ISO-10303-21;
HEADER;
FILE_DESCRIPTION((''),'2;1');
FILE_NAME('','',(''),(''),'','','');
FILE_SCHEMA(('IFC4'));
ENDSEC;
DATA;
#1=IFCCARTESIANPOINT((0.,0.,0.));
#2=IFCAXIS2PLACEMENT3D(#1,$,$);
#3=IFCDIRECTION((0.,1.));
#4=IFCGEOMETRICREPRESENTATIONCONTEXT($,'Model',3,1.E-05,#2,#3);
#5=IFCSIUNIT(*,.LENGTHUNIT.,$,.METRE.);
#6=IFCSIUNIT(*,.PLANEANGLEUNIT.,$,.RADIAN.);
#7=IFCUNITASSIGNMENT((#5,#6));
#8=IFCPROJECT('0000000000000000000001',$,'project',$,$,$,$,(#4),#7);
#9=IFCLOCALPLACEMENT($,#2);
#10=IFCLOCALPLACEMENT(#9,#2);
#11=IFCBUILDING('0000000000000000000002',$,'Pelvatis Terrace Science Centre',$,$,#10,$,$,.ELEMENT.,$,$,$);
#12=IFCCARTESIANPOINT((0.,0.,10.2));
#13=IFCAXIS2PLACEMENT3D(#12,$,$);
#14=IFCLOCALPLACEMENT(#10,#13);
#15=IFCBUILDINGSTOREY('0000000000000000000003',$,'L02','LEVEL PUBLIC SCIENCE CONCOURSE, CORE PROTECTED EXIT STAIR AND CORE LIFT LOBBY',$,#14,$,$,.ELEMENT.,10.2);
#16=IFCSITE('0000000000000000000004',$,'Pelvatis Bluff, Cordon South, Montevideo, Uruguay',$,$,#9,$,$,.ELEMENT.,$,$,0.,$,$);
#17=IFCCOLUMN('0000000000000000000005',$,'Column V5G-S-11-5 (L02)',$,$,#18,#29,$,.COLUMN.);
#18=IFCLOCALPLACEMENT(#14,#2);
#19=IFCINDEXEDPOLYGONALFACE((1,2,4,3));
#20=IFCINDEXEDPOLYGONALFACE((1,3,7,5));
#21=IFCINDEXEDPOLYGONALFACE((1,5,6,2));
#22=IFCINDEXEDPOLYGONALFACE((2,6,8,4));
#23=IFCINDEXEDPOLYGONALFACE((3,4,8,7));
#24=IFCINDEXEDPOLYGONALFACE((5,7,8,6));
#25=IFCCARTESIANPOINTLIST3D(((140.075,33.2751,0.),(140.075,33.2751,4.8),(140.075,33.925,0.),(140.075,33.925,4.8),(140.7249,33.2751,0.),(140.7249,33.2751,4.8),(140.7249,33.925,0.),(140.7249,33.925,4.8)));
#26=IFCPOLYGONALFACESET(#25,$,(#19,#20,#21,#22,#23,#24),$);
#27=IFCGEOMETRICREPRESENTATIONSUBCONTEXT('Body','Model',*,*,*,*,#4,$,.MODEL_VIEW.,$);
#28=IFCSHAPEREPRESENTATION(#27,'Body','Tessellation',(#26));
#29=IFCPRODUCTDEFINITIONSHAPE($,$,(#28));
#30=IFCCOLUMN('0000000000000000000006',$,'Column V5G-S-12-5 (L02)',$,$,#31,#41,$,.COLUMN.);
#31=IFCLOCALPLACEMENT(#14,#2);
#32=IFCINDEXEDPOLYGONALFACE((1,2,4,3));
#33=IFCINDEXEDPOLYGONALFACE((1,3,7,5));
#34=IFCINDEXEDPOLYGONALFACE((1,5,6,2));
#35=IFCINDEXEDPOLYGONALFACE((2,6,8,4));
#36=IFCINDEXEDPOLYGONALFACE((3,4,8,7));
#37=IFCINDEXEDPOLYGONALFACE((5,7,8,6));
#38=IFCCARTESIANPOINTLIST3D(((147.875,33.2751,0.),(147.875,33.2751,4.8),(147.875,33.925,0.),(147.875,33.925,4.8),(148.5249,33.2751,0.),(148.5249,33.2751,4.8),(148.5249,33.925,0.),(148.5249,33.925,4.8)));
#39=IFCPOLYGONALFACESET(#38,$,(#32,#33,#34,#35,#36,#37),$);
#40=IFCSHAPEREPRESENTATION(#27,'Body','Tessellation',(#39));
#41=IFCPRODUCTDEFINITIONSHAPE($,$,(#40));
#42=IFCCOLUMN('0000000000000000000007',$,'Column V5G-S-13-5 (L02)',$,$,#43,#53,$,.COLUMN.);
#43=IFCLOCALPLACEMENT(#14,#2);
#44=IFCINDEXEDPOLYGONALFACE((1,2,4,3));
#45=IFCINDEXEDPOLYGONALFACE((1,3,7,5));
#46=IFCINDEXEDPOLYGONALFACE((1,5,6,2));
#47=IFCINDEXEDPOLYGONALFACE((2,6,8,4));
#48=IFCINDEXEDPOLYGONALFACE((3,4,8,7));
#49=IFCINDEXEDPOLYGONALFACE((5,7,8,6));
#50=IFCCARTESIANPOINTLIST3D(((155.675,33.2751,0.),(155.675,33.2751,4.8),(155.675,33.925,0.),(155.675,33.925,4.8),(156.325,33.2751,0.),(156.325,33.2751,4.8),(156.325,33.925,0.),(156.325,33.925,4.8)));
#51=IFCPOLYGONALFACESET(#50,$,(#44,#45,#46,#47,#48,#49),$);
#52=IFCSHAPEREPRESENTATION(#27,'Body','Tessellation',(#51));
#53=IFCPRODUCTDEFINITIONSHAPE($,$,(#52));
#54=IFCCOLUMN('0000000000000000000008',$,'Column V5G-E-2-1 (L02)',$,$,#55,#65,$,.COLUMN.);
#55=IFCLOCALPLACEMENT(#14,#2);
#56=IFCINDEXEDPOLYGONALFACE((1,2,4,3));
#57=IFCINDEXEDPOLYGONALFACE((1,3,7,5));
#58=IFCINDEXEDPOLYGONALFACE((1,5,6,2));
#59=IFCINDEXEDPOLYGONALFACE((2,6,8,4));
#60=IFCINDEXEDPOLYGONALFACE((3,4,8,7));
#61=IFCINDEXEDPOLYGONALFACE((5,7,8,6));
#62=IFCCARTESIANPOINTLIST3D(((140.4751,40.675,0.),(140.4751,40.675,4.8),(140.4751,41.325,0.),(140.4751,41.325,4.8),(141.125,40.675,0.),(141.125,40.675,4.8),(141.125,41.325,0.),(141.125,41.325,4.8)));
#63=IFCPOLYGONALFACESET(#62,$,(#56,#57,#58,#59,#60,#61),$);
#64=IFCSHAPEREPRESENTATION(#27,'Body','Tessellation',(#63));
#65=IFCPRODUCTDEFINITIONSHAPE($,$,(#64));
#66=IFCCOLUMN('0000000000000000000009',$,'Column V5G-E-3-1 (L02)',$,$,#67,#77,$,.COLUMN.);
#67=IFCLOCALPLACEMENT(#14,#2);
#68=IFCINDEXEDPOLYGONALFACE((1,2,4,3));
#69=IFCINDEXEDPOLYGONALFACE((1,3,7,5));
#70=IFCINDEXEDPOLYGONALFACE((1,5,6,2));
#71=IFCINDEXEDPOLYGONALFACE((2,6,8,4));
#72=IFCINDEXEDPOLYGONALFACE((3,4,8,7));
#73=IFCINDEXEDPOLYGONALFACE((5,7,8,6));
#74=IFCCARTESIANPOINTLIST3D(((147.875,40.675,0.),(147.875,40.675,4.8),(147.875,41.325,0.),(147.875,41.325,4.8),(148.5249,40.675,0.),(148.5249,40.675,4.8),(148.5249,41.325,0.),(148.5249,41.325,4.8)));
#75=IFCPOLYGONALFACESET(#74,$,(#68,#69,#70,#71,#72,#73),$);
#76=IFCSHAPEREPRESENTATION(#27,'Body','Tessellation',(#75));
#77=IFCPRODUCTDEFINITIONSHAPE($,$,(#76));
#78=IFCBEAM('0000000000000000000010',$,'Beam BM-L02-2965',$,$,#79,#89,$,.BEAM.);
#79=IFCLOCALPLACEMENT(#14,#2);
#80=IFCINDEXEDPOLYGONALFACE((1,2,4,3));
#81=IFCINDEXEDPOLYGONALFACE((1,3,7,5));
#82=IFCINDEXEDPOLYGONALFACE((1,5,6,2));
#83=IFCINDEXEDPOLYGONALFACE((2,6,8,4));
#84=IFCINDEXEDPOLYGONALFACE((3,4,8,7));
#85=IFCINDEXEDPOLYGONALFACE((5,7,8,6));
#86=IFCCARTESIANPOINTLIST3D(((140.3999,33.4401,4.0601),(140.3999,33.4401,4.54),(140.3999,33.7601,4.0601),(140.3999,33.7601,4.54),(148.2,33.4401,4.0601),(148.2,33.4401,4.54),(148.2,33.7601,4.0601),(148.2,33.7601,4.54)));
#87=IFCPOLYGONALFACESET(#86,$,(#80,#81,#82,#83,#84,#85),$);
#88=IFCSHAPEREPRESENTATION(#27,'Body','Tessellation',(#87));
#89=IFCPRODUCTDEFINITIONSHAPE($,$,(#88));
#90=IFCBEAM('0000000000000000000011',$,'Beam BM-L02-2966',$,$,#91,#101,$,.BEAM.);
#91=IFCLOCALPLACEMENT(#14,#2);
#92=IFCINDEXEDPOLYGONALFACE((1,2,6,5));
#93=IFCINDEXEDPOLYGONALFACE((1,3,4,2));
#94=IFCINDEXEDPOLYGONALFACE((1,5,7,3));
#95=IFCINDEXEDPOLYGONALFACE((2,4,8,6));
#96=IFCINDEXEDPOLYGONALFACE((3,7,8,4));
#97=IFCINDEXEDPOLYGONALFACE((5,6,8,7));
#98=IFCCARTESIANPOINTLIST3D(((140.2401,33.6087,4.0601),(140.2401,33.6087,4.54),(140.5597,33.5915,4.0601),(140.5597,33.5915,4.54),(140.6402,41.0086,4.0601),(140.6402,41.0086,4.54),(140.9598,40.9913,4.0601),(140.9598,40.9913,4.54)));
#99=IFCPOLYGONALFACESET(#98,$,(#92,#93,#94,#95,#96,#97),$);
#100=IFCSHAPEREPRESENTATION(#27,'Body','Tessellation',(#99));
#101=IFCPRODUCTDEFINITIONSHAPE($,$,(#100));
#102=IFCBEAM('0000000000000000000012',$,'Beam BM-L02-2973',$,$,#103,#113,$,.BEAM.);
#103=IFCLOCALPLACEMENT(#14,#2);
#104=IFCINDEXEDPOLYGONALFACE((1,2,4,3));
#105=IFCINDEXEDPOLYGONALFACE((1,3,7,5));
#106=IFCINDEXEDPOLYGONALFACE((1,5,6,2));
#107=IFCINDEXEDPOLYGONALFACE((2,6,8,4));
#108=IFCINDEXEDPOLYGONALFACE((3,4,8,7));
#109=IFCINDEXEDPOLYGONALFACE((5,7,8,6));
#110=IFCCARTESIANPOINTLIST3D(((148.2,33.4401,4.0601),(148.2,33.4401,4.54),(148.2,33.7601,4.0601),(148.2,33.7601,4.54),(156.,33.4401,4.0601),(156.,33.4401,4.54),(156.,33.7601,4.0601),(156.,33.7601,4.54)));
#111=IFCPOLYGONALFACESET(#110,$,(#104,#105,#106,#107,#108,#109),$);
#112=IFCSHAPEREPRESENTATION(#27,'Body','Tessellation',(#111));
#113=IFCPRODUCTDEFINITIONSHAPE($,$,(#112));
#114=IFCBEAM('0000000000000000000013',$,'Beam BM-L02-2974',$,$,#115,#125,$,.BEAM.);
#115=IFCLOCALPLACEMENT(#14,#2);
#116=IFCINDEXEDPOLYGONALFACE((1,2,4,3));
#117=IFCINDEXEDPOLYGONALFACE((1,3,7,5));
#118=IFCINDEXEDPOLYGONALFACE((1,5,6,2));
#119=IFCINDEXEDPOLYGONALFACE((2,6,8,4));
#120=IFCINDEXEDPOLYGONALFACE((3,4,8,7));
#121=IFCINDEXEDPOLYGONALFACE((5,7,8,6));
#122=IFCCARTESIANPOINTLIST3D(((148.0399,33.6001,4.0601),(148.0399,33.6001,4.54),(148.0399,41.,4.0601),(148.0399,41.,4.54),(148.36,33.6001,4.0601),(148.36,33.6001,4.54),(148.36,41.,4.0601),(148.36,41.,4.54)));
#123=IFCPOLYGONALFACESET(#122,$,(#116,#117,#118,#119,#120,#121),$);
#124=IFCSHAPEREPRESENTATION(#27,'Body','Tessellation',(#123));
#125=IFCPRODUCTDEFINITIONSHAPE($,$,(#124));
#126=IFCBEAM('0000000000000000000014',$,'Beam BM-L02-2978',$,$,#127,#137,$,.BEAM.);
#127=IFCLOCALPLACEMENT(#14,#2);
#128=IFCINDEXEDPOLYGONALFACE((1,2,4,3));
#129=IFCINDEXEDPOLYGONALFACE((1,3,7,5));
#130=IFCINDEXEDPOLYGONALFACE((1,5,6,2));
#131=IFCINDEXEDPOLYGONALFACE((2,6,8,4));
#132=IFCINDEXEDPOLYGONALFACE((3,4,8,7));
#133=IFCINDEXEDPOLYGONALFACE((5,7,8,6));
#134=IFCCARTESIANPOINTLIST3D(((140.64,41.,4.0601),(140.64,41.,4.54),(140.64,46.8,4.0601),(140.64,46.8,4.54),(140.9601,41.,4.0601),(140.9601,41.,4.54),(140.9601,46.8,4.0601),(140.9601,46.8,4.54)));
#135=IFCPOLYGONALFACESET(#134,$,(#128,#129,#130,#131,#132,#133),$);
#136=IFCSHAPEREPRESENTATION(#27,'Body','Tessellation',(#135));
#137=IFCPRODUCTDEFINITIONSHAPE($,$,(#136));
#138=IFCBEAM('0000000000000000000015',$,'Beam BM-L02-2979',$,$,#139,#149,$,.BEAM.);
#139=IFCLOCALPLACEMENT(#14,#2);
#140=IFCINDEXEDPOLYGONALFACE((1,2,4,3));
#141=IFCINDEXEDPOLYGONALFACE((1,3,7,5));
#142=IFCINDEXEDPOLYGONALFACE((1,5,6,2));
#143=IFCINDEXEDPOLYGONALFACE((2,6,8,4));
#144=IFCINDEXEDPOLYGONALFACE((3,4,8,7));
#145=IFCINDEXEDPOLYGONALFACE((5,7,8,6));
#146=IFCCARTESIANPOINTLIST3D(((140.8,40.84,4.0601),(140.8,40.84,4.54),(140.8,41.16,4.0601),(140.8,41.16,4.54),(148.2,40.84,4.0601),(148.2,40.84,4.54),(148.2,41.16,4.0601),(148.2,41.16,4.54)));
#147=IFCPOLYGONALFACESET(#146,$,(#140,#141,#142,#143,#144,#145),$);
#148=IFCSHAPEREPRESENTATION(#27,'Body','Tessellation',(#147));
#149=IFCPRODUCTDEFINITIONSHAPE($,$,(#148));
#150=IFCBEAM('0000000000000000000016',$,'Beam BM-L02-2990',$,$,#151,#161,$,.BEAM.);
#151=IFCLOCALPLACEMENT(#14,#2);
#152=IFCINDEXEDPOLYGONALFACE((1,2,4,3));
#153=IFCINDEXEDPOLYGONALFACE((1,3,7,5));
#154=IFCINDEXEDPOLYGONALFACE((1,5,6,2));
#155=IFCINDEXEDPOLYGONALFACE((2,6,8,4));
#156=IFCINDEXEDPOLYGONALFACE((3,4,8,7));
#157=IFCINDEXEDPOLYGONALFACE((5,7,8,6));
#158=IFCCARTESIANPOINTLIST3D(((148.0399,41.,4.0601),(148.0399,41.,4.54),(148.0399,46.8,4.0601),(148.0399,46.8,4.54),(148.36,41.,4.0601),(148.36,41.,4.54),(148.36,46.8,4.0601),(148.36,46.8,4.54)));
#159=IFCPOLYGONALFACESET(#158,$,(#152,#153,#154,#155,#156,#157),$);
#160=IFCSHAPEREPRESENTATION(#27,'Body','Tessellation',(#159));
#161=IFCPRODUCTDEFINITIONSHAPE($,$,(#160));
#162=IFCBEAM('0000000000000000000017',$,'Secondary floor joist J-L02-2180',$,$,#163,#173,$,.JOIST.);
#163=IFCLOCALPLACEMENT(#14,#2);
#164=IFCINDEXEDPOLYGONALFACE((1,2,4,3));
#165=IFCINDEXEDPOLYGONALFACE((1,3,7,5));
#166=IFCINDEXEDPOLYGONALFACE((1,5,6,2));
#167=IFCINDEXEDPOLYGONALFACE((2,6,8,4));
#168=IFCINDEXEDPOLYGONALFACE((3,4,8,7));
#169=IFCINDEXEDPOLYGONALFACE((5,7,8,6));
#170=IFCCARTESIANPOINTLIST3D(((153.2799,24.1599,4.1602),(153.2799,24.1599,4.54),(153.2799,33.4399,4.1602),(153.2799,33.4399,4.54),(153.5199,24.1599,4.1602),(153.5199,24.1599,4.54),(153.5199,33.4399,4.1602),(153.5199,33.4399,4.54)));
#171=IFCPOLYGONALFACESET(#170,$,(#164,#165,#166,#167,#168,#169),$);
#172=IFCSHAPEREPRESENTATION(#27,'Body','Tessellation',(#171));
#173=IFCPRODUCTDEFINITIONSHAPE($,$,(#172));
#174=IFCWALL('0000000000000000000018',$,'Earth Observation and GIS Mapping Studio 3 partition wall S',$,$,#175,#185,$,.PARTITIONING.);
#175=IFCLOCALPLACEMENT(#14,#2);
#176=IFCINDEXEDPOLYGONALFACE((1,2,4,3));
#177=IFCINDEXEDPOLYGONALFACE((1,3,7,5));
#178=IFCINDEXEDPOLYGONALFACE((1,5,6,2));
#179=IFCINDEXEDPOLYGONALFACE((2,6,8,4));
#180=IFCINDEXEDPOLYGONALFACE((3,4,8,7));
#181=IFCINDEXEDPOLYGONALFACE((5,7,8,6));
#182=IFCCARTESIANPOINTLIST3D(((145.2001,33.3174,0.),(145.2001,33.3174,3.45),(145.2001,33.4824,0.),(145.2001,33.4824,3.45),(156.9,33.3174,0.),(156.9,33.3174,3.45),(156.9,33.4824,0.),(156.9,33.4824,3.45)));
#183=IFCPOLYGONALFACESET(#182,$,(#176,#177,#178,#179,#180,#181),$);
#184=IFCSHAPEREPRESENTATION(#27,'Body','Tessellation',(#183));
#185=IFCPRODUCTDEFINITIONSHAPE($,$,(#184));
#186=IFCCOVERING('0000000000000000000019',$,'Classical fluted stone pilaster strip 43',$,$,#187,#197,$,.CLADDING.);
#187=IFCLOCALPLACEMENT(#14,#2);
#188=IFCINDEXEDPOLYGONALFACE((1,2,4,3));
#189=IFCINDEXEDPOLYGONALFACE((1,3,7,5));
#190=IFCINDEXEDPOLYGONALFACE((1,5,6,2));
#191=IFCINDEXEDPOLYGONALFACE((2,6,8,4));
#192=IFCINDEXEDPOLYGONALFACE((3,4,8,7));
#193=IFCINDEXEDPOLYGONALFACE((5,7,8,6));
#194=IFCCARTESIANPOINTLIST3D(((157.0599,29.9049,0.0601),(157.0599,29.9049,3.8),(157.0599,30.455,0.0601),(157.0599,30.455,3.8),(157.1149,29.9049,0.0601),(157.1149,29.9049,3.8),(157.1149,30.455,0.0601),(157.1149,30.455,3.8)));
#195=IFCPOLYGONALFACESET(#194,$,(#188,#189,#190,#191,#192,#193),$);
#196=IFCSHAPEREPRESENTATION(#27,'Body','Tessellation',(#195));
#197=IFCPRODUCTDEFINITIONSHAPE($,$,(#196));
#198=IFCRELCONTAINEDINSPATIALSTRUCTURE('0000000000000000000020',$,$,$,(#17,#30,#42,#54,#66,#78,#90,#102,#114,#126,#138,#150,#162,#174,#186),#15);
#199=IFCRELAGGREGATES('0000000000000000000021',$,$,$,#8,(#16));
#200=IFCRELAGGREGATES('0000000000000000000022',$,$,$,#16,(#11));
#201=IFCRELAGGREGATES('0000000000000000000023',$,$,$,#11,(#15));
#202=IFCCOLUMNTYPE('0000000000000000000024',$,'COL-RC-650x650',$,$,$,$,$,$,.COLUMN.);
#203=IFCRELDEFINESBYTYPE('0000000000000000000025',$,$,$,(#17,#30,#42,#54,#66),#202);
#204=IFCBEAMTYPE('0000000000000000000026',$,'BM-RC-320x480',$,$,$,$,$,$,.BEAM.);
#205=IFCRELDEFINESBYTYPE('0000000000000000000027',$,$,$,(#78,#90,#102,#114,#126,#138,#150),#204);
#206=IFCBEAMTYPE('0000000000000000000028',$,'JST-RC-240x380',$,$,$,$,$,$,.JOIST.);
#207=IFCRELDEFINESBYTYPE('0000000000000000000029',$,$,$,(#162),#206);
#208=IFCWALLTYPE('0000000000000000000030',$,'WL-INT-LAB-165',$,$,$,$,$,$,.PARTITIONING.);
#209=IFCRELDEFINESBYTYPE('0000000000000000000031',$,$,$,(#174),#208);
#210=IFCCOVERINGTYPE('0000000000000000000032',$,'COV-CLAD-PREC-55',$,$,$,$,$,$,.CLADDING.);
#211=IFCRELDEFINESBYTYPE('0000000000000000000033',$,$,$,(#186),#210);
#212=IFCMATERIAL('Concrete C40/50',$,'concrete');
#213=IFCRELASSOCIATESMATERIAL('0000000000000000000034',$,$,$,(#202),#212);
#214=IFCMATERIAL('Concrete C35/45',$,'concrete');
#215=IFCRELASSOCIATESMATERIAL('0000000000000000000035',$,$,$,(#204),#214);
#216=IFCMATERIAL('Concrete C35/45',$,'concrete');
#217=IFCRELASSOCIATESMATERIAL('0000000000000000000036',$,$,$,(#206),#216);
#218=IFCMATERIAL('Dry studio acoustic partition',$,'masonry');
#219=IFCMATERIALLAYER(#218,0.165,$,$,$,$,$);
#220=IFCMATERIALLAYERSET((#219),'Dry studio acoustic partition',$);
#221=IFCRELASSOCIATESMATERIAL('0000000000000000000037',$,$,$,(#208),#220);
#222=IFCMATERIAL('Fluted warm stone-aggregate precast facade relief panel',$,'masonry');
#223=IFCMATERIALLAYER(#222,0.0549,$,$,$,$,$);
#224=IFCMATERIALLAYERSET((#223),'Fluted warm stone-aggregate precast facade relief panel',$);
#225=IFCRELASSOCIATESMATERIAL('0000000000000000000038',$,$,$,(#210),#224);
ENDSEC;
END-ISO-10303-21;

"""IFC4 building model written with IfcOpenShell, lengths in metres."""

from ifc_helpers import new_model, si_unit, direction, frame, frame_2d, origin, origin_2d, place, context, subcontext, project, spatial, rectangle, extrude, material, layer, layer_set, material_profile, profile_set, type_object, element, save


model = new_model("IFC4")

# Units and contexts
model_context = context("Model", 3, precision=1e-05, world=origin(), true_north=direction((0.0, 1.0)))
body_context = subcontext(model_context, "Body", "Model", "MODEL_VIEW")
ifc_project = project(units=[si_unit("LENGTHUNIT", "METRE"), si_unit("PLANEANGLEUNIT", "RADIAN")], contexts=[model_context])

# Site, building, storey
site_placement = place(None, origin())
site = spatial("IfcSite", under=ifc_project, at=site_placement, Name="Pelvatis Bluff, Cordon South, Montevideo, Uruguay", CompositionType="ELEMENT", RefElevation=0.0)
building_placement = place(site_placement, origin())
building = spatial("IfcBuilding", under=site, at=building_placement, Name="Pelvatis Terrace Science Centre", CompositionType="ELEMENT")
storey_placement = place(building_placement, frame((0.0, 0.0, 10.2)))
storey = spatial("IfcBuildingStorey", under=building, at=storey_placement, Name="L02", Description="LEVEL PUBLIC SCIENCE CONCOURSE, CORE PROTECTED EXIT STAIR AND CORE LIFT LOBBY", CompositionType="ELEMENT", Elevation=10.2)

# Columns
ifc_material_1 = material(Name="Concrete C40/50", Category="concrete")
ifc_material_profile_1 = material_profile(ifc_material_1, rectangle(XDim=0.6499, YDim=0.6499, at=origin_2d()), Name="RC-COL 650x650")
ifc_profile_set_1 = profile_set([ifc_material_profile_1], Name="Concrete C40/50")
column_type = type_object("IfcColumnType", Name="COL-RC-650x650", PredefinedType="COLUMN", material=ifc_profile_set_1)
for number, where, z_axis, x_axis, name in (
    (1, (140.3999, 33.6001, 0.0), (0.0, 0.0, 1.0), (1.0, 0.0, 0.0), "Column V5G-S-11-5 (L02)"),
    (2, (148.2, 33.6001, 0.0), (0.0, 0.0, 1.0), (1.0, 0.0, 0.0), "Column V5G-S-12-5 (L02)"),
    (3, (156.0, 33.6001, 0.0), (0.0, 0.0, 1.0), (1.0, 0.0, 0.0), "Column V5G-S-13-5 (L02)"),
    (4, (140.8, 41.0, 0.0), (0.0, 0.0, 1.0), (1.0, 0.0, 0.0), "Column V5G-E-2-1 (L02)"),
    (5, (148.2, 41.0, 0.0), (0.0, 0.0, 1.0), (1.0, 0.0, 0.0), "Column V5G-E-3-1 (L02)"),
):
    element("IfcColumn", number, at=place(storey_placement, frame(where, z_axis=z_axis, x_axis=x_axis)), inside=storey, type_object=column_type, Name=name, PredefinedType="COLUMN", context=body_context, shape_type="SweptSolid", body=[
        extrude(rectangle(XDim=0.6499, YDim=0.6499, at=origin_2d()), origin(), (0.0, 0.0, 1.0), 4.8),
    ])

# Beams
ifc_material_2 = material(Name="Concrete C35/45", Category="concrete")
ifc_material_profile_2 = material_profile(ifc_material_2, rectangle(XDim=0.3201, YDim=0.48, at=origin_2d()), Name="RC-BM 320x480")
ifc_profile_set_2 = profile_set([ifc_material_profile_2], Name="Concrete C35/45")
beam_type_1 = type_object("IfcBeamType", Name="BM-RC-320x480", PredefinedType="BEAM", material=ifc_profile_set_2)
beam_1_placement = place(storey_placement, frame((140.3999, 33.6001, 4.3), z_axis=(1.0, 0.0, 0.0), x_axis=(0.0, 1.0, 0.0)))
element("IfcBeam", 6, at=beam_1_placement, inside=storey, type_object=beam_type_1, Name="Beam BM-L02-2965", PredefinedType="BEAM", context=body_context, shape_type="SweptSolid", body=[
    extrude(rectangle(XDim=0.3201, YDim=0.48, at=origin_2d()), origin(), (0.0, 0.0, 1.0), 7.8),
])
beam_2_placement = place(storey_placement, frame((140.3999, 33.6001, 4.3), z_axis=(0.053996, 0.998541, 0.0), x_axis=(-0.998541, 0.053996, 0.0)))
element("IfcBeam", 7, at=beam_2_placement, inside=storey, type_object=beam_type_1, Name="Beam BM-L02-2966", PredefinedType="BEAM", context=body_context, shape_type="SweptSolid", body=[
    extrude(rectangle(XDim=0.3201, YDim=0.48, at=origin_2d()), origin(), (0.0, 0.0, 1.0), 7.4106),
])
beam_3_placement = place(storey_placement, frame((148.2, 33.6001, 4.3), z_axis=(1.0, 0.0, 0.0), x_axis=(0.0, 1.0, 0.0)))
element("IfcBeam", 8, at=beam_3_placement, inside=storey, type_object=beam_type_1, Name="Beam BM-L02-2973", PredefinedType="BEAM", context=body_context, shape_type="SweptSolid", body=[
    extrude(rectangle(XDim=0.3201, YDim=0.48, at=origin_2d()), origin(), (0.0, 0.0, 1.0), 7.8),
])
beam_4_placement = place(storey_placement, frame((148.2, 33.6001, 4.3), z_axis=(0.0, 1.0, 0.0), x_axis=(-1.0, 0.0, 0.0)))
element("IfcBeam", 9, at=beam_4_placement, inside=storey, type_object=beam_type_1, Name="Beam BM-L02-2974", PredefinedType="BEAM", context=body_context, shape_type="SweptSolid", body=[
    extrude(rectangle(XDim=0.3201, YDim=0.48, at=origin_2d()), origin(), (0.0, 0.0, 1.0), 7.3999),
])
beam_5_placement = place(storey_placement, frame((140.8, 41.0, 4.3), z_axis=(0.0, 1.0, 0.0), x_axis=(-1.0, 0.0, 0.0)))
element("IfcBeam", 10, at=beam_5_placement, inside=storey, type_object=beam_type_1, Name="Beam BM-L02-2978", PredefinedType="BEAM", context=body_context, shape_type="SweptSolid", body=[
    extrude(rectangle(XDim=0.3201, YDim=0.48, at=origin_2d()), origin(), (0.0, 0.0, 1.0), 5.8),
])
beam_6_placement = place(storey_placement, frame((140.8, 41.0, 4.3), z_axis=(1.0, 0.0, 0.0), x_axis=(0.0, 1.0, 0.0)))
element("IfcBeam", 11, at=beam_6_placement, inside=storey, type_object=beam_type_1, Name="Beam BM-L02-2979", PredefinedType="BEAM", context=body_context, shape_type="SweptSolid", body=[
    extrude(rectangle(XDim=0.3201, YDim=0.48, at=origin_2d()), origin(), (0.0, 0.0, 1.0), 7.3999),
])
beam_7_placement = place(storey_placement, frame((148.2, 41.0, 4.3), z_axis=(0.0, 1.0, 0.0), x_axis=(-1.0, 0.0, 0.0)))
element("IfcBeam", 12, at=beam_7_placement, inside=storey, type_object=beam_type_1, Name="Beam BM-L02-2990", PredefinedType="BEAM", context=body_context, shape_type="SweptSolid", body=[
    extrude(rectangle(XDim=0.3201, YDim=0.48, at=origin_2d()), origin(), (0.0, 0.0, 1.0), 5.8),
])
ifc_material_3 = material(Name="Concrete C35/45", Category="concrete")
ifc_material_profile_3 = material_profile(ifc_material_3, rectangle(XDim=0.24, YDim=0.3799, at=origin_2d()), Name="RC-JST 240x380")
ifc_profile_set_3 = profile_set([ifc_material_profile_3], Name="Concrete C35/45")
beam_type_2 = type_object("IfcBeamType", Name="JST-RC-240x380", PredefinedType="JOIST", material=ifc_profile_set_3)
beam_8_placement = place(storey_placement, frame((153.3999, 24.1599, 4.3501), z_axis=(0.0, 1.0, 0.0), x_axis=(-1.0, 0.0, 0.0)))
element("IfcBeam", 13, at=beam_8_placement, inside=storey, type_object=beam_type_2, Name="Secondary floor joist J-L02-2180", PredefinedType="JOIST", context=body_context, shape_type="SweptSolid", body=[
    extrude(rectangle(XDim=0.24, YDim=0.3799, at=origin_2d()), origin(), (0.0, 0.0, 1.0), 9.28),
])

# Wall
ifc_material_4 = material(Name="Dry studio acoustic partition", Category="masonry")
ifc_layer_1 = layer(ifc_material_4, 0.165)
ifc_layer_set_1 = layer_set([ifc_layer_1], Name="Dry studio acoustic partition")
wall_type_1 = type_object("IfcWallType", Name="WL-INT-LAB-165", PredefinedType="PARTITIONING", material=ifc_layer_set_1)
wall_1_placement = place(storey_placement, frame((145.2, 33.3999, 0.0), z_axis=(0.0, 0.0, 1.0), x_axis=(1.0, 0.0, 0.0)))
element("IfcWall", 14, at=wall_1_placement, inside=storey, type_object=wall_type_1, Name="Earth Observation and GIS Mapping Studio 3 partition wall S", PredefinedType="PARTITIONING", context=body_context, shape_type="SweptSolid", body=[
    extrude(rectangle(XDim=11.7, YDim=0.165, at=frame_2d((5.8501, 0.0))), origin(), (0.0, 0.0, 1.0), 3.45),
])

# Covering
ifc_material_5 = material(Name="Fluted warm stone-aggregate precast facade relief panel", Category="masonry")
ifc_layer_2 = layer(ifc_material_5, 0.0549)
ifc_layer_set_2 = layer_set([ifc_layer_2], Name="Fluted warm stone-aggregate precast facade relief panel")
covering_type = type_object("IfcCoveringType", Name="COV-CLAD-PREC-55", PredefinedType="CLADDING", material=ifc_layer_set_2)
for number, where, z_axis, x_axis, name in (
    (15, (157.0874, 30.1799, 0.0601), (0.0, 0.0, 1.0), (1.0, 0.0, 0.0), "Classical fluted stone pilaster strip 43"),
):
    element("IfcCovering", number, at=place(storey_placement, frame(where, z_axis=z_axis, x_axis=x_axis)), inside=storey, type_object=covering_type, Name=name, PredefinedType="CLADDING", context=body_context, shape_type="SweptSolid", body=[
        extrude(rectangle(XDim=0.0549, YDim=0.55, at=origin_2d()), origin(), (0.0, 0.0, 1.0), 3.74),
    ])

save(model, "model.ifc")
